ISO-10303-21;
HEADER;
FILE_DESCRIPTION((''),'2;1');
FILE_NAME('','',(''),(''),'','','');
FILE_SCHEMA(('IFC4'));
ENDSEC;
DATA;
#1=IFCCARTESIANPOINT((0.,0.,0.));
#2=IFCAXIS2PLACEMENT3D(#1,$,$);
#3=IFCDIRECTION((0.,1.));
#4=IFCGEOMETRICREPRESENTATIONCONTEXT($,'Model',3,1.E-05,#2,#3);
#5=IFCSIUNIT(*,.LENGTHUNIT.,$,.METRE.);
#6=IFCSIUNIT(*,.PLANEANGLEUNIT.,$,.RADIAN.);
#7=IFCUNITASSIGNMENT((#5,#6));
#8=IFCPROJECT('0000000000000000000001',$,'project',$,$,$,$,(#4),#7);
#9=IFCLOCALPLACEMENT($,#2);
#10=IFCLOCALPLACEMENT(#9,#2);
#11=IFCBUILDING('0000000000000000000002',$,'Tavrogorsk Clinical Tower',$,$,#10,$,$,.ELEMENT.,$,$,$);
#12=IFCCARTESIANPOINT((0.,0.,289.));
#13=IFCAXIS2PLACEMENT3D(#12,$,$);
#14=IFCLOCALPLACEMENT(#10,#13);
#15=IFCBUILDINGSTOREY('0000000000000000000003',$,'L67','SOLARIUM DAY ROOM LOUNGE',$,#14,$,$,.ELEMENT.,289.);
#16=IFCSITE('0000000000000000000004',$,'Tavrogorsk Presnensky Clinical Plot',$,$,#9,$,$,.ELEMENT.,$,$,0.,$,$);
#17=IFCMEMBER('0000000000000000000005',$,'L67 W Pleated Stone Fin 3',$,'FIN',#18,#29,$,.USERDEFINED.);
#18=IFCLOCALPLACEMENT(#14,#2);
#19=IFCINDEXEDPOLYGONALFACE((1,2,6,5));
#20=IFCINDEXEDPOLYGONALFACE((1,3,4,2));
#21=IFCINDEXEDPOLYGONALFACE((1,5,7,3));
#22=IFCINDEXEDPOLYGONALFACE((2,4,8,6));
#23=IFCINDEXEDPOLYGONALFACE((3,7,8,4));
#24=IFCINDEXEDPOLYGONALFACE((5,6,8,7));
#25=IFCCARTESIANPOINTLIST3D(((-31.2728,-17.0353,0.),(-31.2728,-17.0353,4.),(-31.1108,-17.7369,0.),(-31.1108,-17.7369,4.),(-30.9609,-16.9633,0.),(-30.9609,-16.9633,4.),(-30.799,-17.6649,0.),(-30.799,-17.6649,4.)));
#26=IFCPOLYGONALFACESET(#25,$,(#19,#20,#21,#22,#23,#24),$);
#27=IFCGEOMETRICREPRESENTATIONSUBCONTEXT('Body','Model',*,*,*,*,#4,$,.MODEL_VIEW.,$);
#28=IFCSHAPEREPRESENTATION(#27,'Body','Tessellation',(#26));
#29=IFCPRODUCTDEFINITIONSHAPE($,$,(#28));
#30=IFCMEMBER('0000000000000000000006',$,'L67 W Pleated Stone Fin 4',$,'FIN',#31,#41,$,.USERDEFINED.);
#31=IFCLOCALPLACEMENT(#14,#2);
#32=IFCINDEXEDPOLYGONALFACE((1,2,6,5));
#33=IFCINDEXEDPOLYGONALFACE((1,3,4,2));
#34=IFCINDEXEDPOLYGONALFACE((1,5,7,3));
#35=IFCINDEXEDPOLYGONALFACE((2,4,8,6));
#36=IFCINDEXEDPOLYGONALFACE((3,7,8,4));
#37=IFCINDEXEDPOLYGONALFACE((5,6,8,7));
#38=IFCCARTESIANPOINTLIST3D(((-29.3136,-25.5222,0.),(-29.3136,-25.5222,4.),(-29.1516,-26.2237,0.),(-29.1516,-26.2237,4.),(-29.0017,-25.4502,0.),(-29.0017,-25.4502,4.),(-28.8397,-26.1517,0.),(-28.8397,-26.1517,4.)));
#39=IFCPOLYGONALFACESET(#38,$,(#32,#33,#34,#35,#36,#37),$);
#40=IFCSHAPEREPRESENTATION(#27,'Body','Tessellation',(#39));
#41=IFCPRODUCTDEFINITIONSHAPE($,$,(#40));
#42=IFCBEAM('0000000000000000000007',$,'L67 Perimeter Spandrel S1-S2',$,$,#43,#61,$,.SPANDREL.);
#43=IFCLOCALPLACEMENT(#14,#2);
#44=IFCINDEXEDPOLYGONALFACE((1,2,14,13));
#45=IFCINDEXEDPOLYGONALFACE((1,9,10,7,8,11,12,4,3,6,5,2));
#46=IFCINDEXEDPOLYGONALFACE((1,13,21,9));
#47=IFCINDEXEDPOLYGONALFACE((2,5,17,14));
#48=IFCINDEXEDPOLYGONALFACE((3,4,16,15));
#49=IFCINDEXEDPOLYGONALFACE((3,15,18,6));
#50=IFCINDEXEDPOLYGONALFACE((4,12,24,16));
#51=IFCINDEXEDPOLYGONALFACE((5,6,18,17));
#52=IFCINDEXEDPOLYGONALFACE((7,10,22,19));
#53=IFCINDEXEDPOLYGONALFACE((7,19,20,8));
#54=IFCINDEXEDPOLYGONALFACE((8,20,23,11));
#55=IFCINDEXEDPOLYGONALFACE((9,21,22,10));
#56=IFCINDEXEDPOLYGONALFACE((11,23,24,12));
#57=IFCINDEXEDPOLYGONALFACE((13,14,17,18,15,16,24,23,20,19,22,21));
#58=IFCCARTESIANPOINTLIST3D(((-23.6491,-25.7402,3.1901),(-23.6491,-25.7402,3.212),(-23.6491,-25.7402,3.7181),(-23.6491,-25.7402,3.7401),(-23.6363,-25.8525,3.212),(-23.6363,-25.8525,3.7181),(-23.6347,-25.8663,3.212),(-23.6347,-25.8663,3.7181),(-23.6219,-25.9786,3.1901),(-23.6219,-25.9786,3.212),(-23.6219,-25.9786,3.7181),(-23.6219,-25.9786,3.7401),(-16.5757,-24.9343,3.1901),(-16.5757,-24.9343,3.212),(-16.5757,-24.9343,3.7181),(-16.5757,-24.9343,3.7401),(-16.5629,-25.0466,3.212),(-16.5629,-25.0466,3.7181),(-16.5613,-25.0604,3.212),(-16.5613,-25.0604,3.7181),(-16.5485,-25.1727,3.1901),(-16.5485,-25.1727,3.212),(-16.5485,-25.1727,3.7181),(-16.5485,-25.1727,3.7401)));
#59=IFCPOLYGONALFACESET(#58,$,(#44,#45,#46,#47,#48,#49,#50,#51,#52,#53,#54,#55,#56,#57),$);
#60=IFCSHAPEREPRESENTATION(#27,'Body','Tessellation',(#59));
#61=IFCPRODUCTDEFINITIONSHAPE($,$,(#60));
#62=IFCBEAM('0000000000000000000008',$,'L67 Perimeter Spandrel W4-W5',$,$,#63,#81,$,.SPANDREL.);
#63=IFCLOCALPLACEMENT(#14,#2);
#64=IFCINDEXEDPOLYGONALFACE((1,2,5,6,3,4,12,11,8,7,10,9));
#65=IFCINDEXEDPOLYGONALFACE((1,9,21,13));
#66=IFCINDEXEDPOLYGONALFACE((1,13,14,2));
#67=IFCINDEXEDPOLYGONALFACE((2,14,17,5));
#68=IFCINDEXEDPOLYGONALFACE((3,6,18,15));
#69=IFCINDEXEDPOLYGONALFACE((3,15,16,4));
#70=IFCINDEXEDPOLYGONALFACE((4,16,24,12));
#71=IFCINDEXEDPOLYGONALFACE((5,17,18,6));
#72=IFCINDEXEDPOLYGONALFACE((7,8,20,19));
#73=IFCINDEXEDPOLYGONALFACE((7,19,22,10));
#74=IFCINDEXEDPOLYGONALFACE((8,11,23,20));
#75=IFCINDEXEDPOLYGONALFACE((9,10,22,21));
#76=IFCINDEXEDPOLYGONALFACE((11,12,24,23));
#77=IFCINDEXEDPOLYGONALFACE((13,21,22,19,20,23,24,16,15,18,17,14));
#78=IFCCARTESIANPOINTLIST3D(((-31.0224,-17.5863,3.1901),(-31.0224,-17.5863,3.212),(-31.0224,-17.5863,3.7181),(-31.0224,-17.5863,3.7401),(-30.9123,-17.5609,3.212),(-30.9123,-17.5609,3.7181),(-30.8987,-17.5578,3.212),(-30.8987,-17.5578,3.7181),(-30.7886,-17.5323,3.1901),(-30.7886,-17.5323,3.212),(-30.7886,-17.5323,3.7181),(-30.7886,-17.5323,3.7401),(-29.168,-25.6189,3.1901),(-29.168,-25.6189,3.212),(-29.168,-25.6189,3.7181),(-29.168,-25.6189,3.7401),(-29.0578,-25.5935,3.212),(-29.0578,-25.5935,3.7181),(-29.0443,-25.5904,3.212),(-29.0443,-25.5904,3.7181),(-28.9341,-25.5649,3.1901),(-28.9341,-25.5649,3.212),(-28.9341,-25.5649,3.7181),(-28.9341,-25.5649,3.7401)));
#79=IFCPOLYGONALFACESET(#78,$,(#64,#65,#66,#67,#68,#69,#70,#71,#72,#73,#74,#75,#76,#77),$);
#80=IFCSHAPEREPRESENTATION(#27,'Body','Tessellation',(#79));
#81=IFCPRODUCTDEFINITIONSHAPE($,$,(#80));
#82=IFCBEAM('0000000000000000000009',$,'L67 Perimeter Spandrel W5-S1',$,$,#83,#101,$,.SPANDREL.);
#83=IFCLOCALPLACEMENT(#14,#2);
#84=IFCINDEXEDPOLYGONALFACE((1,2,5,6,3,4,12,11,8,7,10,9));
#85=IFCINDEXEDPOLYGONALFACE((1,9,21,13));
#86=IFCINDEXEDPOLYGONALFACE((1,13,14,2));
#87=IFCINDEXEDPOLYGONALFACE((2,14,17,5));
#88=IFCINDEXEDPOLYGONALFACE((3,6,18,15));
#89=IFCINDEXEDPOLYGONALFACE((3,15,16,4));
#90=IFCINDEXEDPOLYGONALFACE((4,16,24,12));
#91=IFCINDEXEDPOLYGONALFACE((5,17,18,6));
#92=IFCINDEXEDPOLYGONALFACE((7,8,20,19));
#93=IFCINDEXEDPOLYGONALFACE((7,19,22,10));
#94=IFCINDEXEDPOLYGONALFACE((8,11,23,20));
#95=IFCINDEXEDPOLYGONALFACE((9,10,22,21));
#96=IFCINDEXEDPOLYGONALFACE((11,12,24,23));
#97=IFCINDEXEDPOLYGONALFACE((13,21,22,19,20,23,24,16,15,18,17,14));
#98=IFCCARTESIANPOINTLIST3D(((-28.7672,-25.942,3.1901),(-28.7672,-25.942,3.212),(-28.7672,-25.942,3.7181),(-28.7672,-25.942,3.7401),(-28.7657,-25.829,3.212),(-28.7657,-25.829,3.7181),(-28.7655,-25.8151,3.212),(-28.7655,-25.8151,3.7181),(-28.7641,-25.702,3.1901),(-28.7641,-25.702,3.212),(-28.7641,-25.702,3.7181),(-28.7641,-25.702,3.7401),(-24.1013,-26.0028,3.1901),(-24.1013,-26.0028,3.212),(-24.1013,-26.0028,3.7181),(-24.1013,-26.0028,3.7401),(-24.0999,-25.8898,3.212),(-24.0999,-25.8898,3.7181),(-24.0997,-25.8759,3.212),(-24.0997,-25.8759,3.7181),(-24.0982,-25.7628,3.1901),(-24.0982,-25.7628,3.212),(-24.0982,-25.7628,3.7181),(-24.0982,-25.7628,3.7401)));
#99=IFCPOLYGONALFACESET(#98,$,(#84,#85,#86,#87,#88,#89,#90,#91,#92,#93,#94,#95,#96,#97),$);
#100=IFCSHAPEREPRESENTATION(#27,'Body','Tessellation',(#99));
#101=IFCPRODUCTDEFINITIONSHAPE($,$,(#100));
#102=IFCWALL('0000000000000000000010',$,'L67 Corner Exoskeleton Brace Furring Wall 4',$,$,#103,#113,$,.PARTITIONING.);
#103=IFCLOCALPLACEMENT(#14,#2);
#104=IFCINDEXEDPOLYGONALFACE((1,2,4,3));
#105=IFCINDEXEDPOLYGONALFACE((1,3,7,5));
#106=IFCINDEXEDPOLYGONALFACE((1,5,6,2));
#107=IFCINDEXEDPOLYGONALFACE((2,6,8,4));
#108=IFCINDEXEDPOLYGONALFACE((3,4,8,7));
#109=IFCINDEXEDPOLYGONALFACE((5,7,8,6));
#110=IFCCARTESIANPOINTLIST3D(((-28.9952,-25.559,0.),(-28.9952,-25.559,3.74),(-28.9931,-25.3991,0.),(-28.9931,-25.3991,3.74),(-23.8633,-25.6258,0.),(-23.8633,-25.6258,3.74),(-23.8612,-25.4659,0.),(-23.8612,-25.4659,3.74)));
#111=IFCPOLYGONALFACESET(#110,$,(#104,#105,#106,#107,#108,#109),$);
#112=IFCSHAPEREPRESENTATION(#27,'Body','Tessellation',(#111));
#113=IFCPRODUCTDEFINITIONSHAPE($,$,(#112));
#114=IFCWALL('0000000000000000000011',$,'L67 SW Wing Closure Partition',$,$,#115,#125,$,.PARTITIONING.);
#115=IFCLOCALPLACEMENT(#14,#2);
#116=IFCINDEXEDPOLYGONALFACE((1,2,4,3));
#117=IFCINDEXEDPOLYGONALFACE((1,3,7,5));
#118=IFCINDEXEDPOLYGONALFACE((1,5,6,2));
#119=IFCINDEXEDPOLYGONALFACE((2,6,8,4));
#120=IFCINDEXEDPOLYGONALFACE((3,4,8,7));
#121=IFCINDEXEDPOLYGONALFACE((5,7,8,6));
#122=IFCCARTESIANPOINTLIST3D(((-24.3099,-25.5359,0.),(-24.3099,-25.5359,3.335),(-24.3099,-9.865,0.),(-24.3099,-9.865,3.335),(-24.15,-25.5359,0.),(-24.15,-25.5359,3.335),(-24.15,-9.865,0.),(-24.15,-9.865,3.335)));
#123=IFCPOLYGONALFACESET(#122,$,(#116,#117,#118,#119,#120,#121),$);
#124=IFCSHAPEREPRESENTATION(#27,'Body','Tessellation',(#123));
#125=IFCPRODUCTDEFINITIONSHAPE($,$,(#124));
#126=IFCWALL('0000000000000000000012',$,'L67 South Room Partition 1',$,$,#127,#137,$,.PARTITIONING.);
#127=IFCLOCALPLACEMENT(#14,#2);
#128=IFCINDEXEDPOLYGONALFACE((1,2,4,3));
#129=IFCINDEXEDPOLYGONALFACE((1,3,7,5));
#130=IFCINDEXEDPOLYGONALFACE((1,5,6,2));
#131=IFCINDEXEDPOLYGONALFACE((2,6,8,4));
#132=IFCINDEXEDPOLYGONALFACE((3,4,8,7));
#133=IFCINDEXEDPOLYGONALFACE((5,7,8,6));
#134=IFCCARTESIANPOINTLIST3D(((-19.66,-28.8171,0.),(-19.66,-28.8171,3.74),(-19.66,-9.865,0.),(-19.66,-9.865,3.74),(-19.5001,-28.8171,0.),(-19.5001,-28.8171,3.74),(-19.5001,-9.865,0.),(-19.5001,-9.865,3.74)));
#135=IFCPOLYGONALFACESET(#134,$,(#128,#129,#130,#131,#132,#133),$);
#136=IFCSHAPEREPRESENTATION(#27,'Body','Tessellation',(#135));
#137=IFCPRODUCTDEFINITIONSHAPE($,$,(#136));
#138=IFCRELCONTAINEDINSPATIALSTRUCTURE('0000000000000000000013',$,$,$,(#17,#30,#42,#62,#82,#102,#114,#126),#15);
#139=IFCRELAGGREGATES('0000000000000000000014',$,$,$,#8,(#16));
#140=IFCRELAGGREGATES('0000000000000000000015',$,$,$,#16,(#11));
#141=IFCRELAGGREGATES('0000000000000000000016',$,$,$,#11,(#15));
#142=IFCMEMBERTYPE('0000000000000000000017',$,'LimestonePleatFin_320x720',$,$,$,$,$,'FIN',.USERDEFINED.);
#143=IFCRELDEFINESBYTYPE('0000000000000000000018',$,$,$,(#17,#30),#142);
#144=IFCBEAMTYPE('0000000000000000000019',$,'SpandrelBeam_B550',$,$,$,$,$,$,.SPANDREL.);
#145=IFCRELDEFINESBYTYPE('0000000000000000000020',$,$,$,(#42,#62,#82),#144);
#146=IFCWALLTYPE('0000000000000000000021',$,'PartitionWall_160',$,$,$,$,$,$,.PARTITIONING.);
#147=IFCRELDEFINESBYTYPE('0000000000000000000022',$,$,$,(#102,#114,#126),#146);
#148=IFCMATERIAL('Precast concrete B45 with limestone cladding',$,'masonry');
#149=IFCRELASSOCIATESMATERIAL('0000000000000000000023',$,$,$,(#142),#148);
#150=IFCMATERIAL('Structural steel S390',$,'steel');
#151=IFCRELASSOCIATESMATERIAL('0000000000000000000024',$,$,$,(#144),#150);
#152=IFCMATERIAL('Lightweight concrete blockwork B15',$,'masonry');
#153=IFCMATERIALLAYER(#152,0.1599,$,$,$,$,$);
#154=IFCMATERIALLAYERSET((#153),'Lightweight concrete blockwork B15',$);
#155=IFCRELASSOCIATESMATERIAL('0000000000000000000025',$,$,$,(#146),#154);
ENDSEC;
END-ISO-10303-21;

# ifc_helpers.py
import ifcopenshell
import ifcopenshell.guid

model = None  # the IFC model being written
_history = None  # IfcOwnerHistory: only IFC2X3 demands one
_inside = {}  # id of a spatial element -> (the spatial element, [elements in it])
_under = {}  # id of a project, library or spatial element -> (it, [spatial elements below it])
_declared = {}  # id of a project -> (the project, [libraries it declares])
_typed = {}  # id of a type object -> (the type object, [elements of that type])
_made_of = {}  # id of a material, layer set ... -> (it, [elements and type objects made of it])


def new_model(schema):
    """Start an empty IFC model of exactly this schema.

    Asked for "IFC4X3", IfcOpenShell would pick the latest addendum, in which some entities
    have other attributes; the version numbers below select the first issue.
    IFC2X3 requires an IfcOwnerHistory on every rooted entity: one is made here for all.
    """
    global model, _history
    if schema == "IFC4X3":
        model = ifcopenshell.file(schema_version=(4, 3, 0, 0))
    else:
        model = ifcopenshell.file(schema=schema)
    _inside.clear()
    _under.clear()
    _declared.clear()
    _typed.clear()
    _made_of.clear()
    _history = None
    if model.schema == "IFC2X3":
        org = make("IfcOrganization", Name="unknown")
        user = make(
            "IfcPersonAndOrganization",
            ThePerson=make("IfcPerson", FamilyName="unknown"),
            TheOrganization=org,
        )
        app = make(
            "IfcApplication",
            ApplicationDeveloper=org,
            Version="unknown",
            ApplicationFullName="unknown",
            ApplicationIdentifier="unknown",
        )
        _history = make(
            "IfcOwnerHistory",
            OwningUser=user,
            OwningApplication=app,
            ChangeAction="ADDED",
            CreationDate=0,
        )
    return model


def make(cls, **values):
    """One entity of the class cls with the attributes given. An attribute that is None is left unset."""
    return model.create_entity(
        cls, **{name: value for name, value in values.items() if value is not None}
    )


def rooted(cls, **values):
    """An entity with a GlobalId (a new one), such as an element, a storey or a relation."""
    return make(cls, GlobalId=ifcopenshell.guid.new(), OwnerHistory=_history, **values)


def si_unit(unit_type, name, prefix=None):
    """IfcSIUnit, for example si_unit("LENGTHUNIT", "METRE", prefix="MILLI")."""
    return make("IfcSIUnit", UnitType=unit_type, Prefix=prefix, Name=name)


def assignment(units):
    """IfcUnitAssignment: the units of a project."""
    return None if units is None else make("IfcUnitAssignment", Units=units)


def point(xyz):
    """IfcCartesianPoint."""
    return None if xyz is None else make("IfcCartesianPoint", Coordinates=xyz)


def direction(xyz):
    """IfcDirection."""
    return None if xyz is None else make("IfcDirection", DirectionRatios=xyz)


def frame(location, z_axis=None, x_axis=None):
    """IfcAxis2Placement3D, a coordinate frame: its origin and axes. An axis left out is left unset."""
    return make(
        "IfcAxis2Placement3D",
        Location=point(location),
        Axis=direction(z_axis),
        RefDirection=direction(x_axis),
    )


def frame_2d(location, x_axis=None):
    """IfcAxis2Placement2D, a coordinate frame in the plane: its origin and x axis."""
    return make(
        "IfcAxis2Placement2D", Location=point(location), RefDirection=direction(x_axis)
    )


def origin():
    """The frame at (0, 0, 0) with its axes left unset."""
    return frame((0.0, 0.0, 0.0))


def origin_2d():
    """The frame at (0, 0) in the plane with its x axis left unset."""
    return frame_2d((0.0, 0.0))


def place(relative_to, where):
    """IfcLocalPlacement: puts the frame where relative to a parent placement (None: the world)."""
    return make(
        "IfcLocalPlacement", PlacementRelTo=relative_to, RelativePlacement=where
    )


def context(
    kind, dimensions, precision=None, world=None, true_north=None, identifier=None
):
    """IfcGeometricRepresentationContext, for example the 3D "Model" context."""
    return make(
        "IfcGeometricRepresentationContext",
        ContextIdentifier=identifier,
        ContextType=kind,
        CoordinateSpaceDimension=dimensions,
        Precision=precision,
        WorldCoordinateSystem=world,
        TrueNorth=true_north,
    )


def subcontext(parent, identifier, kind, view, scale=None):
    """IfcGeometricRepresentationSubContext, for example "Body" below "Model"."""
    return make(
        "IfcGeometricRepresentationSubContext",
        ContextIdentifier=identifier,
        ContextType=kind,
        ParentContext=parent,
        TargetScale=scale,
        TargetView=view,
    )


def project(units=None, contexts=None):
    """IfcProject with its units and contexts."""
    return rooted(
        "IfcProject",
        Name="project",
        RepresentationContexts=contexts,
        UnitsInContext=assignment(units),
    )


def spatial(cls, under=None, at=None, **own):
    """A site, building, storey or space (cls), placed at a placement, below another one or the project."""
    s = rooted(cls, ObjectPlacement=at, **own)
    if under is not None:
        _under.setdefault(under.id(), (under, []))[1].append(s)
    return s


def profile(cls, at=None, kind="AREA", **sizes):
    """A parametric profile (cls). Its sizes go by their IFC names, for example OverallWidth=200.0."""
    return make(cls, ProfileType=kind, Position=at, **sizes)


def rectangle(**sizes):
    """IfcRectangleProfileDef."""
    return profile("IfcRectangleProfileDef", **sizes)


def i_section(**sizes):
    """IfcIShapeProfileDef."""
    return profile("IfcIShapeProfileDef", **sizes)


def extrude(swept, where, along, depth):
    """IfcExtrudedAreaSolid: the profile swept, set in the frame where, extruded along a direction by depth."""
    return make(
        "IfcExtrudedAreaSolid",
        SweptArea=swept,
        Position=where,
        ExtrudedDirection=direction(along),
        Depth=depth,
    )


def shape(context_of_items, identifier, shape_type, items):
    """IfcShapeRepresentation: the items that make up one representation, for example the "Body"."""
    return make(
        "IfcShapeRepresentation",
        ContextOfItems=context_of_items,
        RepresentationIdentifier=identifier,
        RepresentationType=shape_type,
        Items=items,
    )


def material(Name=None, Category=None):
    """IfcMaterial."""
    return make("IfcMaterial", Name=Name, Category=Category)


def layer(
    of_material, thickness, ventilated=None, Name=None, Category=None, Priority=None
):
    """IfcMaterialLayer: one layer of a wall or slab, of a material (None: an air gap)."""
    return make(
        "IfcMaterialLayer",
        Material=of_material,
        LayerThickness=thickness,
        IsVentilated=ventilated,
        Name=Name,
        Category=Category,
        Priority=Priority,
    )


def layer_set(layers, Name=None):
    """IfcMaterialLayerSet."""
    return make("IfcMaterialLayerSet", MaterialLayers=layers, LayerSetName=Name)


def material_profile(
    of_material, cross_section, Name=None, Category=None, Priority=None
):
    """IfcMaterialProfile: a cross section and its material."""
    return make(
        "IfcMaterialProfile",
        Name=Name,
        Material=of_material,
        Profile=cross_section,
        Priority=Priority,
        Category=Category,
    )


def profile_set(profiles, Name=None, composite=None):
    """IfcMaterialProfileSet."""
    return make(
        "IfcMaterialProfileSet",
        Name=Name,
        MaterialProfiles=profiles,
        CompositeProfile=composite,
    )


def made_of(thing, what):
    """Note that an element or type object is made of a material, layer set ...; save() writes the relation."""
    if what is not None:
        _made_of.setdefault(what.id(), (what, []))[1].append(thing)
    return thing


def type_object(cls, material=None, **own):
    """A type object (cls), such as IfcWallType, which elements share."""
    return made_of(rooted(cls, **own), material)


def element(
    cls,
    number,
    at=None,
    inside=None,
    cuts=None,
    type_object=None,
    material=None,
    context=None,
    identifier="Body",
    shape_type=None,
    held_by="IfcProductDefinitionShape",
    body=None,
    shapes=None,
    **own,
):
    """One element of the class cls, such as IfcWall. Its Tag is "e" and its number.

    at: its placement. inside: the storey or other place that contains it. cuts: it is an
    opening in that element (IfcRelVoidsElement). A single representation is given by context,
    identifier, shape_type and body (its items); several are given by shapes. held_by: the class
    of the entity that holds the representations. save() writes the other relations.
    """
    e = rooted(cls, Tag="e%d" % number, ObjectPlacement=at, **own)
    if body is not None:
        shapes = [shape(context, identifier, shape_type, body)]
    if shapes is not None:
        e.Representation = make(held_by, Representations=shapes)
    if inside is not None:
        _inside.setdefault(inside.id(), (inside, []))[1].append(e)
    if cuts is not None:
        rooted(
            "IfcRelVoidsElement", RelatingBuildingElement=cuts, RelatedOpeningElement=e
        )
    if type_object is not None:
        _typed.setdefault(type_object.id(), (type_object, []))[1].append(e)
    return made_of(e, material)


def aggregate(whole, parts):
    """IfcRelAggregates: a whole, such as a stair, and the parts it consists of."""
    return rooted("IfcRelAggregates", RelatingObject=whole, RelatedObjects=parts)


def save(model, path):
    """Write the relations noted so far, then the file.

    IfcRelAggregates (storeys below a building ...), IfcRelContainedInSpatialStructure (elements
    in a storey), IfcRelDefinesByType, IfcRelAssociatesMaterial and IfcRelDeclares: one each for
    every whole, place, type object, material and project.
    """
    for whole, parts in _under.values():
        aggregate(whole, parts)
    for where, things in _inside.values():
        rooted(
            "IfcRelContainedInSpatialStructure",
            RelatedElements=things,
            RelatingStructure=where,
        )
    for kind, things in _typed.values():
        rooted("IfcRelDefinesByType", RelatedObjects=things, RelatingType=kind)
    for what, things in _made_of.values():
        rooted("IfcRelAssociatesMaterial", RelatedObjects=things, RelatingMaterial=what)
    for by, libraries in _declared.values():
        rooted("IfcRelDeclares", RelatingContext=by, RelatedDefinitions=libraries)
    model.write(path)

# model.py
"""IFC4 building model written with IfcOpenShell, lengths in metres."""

from ifc_helpers import new_model, si_unit, direction, frame, frame_2d, origin, origin_2d, place, context, subcontext, project, spatial, rectangle, i_section, extrude, material, layer, layer_set, material_profile, profile_set, type_object, element, save


model = new_model("IFC4")

# Units and contexts
model_context = context("Model", 3, precision=1e-05, world=origin(), true_north=direction((0.0, 1.0)))
body_context = subcontext(model_context, "Body", "Model", "MODEL_VIEW")
ifc_project = project(units=[si_unit("LENGTHUNIT", "METRE"), si_unit("PLANEANGLEUNIT", "RADIAN")], contexts=[model_context])

# Site, building, storey
site_placement = place(None, origin())
site = spatial("IfcSite", under=ifc_project, at=site_placement, Name="Tavrogorsk Presnensky Clinical Plot", CompositionType="ELEMENT", RefElevation=0.0)
building_placement = place(site_placement, origin())
building = spatial("IfcBuilding", under=site, at=building_placement, Name="Tavrogorsk Clinical Tower", CompositionType="ELEMENT")
storey_placement = place(building_placement, frame((0.0, 0.0, 289.0)))
storey = spatial("IfcBuildingStorey", under=building, at=storey_placement, Name="L67", Description="SOLARIUM DAY ROOM LOUNGE", CompositionType="ELEMENT", Elevation=289.0)

# Members
ifc_material_1 = material(Name="Precast concrete B45 with limestone cladding", Category="masonry")
ifc_material_profile_1 = material_profile(ifc_material_1, rectangle(XDim=0.3201, YDim=0.72, at=origin_2d()), Name="LIMESTONE-FIN-320x720")
ifc_profile_set_1 = profile_set([ifc_material_profile_1], Name="Precast concrete B45 with limestone cladding")
member_type_1 = type_object("IfcMemberType", Name="LimestonePleatFin_320x720", ElementType="FIN", PredefinedType="USERDEFINED", material=ifc_profile_set_1)
for number, where, z_axis, x_axis, name in (
    (1, (-31.0359, -17.3501, 0.0), (0.0, 0.0, 1.0), (0.97437, 0.224951, 0.0), "L67 W Pleated Stone Fin 3"),
    (2, (-29.0767, -25.8369, 0.0), (0.0, 0.0, 1.0), (0.97437, 0.224951, 0.0), "L67 W Pleated Stone Fin 4"),
):
    element("IfcMember", number, at=place(storey_placement, frame(where, z_axis=z_axis, x_axis=x_axis)), inside=storey, type_object=member_type_1, Name=name, ObjectType="FIN", PredefinedType="USERDEFINED", context=body_context, shape_type="SweptSolid", body=[
        extrude(rectangle(XDim=0.3201, YDim=0.72, at=origin_2d()), origin(), (0.0, 0.0, 1.0), 4.0),
    ])

# Beams
ifc_material_2 = material(Name="Structural steel S390", Category="steel")
ifc_material_profile_2 = material_profile(ifc_material_2, i_section(OverallWidth=0.24, OverallDepth=0.55, WebThickness=0.0139, FlangeThickness=0.022, at=origin_2d()), Name="B-550x240x14x22")
ifc_profile_set_2 = profile_set([ifc_material_profile_2], Name="Structural steel S390")
beam_type_1 = type_object("IfcBeamType", Name="SpandrelBeam_B550", PredefinedType="SPANDREL", material=ifc_profile_set_2)
beam_1_placement = place(storey_placement, frame((-23.6355, -25.8594, 3.4651), z_axis=(0.993572, 0.113201, 0.0), x_axis=(-0.113201, 0.993572, 0.0)))
element("IfcBeam", 3, at=beam_1_placement, inside=storey, type_object=beam_type_1, Name="L67 Perimeter Spandrel S1-S2", PredefinedType="SPANDREL", context=body_context, shape_type="SweptSolid", body=[
    extrude(i_section(OverallWidth=0.24, OverallDepth=0.55, WebThickness=0.0139, FlangeThickness=0.022, at=origin_2d()), origin(), (0.0, 0.0, 1.0), 7.1191),
])
beam_2_placement = place(storey_placement, frame((-30.9055, -17.5593, 3.4651), z_axis=(0.22495, -0.97437, 0.0), x_axis=(0.97437, 0.22495, 0.0)))
element("IfcBeam", 4, at=beam_2_placement, inside=storey, type_object=beam_type_1, Name="L67 Perimeter Spandrel W4-W5", PredefinedType="SPANDREL", context=body_context, shape_type="SweptSolid", body=[
    extrude(i_section(OverallWidth=0.24, OverallDepth=0.55, WebThickness=0.0139, FlangeThickness=0.022, at=origin_2d()), origin(), (0.0, 0.0, 1.0), 8.2439),
])
beam_3_placement = place(storey_placement, frame((-28.7656, -25.822, 3.4651), z_axis=(0.999915, -0.013028, 0.0), x_axis=(0.013028, 0.999915, 0.0)))
element("IfcBeam", 5, at=beam_3_placement, inside=storey, type_object=beam_type_1, Name="L67 Perimeter Spandrel W5-S1", PredefinedType="SPANDREL", context=body_context, shape_type="SweptSolid", body=[
    extrude(i_section(OverallWidth=0.24, OverallDepth=0.55, WebThickness=0.0139, FlangeThickness=0.022, at=origin_2d()), origin(), (0.0, 0.0, 1.0), 4.6663),
])

# Walls
ifc_material_3 = material(Name="Lightweight concrete blockwork B15", Category="masonry")
ifc_layer_1 = layer(ifc_material_3, 0.1599)
ifc_layer_set_1 = layer_set([ifc_layer_1], Name="Lightweight concrete blockwork B15")
wall_type_1 = type_object("IfcWallType", Name="PartitionWall_160", PredefinedType="PARTITIONING", material=ifc_layer_set_1)
wall_1_placement = place(storey_placement, frame((-28.9941, -25.479, 0.0), z_axis=(0.0, 0.0, 1.0), x_axis=(0.999915, -0.013034, 0.0)))
element("IfcWall", 6, at=wall_1_placement, inside=storey, type_object=wall_type_1, Name="L67 Corner Exoskeleton Brace Furring Wall 4", PredefinedType="PARTITIONING", context=body_context, shape_type="SweptSolid", body=[
    extrude(rectangle(XDim=5.1323, YDim=0.1599, at=frame_2d((2.5662, 0.0))), origin(), (0.0, 0.0, 1.0), 3.74),
])
wall_2_placement = place(storey_placement, frame((-24.23, -25.5359, 0.0), z_axis=(0.0, 0.0, 1.0), x_axis=(0.0, 1.0, 0.0)))
element("IfcWall", 7, at=wall_2_placement, inside=storey, type_object=wall_type_1, Name="L67 SW Wing Closure Partition", PredefinedType="PARTITIONING", context=body_context, shape_type="SweptSolid", body=[
    extrude(rectangle(XDim=15.6709, YDim=0.1599, at=frame_2d((7.8354, 0.0))), origin(), (0.0, 0.0, 1.0), 3.335),
])
wall_3_placement = place(storey_placement, frame((-19.5801, -28.8171, 0.0), z_axis=(0.0, 0.0, 1.0), x_axis=(0.0, 1.0, 0.0)))
element("IfcWall", 8, at=wall_3_placement, inside=storey, type_object=wall_type_1, Name="L67 South Room Partition 1", PredefinedType="PARTITIONING", context=body_context, shape_type="SweptSolid", body=[
    extrude(rectangle(XDim=18.9521, YDim=0.1599, at=frame_2d((9.4761, 0.0))), origin(), (0.0, 0.0, 1.0), 3.74),
])

save(model, "model.ifc")
